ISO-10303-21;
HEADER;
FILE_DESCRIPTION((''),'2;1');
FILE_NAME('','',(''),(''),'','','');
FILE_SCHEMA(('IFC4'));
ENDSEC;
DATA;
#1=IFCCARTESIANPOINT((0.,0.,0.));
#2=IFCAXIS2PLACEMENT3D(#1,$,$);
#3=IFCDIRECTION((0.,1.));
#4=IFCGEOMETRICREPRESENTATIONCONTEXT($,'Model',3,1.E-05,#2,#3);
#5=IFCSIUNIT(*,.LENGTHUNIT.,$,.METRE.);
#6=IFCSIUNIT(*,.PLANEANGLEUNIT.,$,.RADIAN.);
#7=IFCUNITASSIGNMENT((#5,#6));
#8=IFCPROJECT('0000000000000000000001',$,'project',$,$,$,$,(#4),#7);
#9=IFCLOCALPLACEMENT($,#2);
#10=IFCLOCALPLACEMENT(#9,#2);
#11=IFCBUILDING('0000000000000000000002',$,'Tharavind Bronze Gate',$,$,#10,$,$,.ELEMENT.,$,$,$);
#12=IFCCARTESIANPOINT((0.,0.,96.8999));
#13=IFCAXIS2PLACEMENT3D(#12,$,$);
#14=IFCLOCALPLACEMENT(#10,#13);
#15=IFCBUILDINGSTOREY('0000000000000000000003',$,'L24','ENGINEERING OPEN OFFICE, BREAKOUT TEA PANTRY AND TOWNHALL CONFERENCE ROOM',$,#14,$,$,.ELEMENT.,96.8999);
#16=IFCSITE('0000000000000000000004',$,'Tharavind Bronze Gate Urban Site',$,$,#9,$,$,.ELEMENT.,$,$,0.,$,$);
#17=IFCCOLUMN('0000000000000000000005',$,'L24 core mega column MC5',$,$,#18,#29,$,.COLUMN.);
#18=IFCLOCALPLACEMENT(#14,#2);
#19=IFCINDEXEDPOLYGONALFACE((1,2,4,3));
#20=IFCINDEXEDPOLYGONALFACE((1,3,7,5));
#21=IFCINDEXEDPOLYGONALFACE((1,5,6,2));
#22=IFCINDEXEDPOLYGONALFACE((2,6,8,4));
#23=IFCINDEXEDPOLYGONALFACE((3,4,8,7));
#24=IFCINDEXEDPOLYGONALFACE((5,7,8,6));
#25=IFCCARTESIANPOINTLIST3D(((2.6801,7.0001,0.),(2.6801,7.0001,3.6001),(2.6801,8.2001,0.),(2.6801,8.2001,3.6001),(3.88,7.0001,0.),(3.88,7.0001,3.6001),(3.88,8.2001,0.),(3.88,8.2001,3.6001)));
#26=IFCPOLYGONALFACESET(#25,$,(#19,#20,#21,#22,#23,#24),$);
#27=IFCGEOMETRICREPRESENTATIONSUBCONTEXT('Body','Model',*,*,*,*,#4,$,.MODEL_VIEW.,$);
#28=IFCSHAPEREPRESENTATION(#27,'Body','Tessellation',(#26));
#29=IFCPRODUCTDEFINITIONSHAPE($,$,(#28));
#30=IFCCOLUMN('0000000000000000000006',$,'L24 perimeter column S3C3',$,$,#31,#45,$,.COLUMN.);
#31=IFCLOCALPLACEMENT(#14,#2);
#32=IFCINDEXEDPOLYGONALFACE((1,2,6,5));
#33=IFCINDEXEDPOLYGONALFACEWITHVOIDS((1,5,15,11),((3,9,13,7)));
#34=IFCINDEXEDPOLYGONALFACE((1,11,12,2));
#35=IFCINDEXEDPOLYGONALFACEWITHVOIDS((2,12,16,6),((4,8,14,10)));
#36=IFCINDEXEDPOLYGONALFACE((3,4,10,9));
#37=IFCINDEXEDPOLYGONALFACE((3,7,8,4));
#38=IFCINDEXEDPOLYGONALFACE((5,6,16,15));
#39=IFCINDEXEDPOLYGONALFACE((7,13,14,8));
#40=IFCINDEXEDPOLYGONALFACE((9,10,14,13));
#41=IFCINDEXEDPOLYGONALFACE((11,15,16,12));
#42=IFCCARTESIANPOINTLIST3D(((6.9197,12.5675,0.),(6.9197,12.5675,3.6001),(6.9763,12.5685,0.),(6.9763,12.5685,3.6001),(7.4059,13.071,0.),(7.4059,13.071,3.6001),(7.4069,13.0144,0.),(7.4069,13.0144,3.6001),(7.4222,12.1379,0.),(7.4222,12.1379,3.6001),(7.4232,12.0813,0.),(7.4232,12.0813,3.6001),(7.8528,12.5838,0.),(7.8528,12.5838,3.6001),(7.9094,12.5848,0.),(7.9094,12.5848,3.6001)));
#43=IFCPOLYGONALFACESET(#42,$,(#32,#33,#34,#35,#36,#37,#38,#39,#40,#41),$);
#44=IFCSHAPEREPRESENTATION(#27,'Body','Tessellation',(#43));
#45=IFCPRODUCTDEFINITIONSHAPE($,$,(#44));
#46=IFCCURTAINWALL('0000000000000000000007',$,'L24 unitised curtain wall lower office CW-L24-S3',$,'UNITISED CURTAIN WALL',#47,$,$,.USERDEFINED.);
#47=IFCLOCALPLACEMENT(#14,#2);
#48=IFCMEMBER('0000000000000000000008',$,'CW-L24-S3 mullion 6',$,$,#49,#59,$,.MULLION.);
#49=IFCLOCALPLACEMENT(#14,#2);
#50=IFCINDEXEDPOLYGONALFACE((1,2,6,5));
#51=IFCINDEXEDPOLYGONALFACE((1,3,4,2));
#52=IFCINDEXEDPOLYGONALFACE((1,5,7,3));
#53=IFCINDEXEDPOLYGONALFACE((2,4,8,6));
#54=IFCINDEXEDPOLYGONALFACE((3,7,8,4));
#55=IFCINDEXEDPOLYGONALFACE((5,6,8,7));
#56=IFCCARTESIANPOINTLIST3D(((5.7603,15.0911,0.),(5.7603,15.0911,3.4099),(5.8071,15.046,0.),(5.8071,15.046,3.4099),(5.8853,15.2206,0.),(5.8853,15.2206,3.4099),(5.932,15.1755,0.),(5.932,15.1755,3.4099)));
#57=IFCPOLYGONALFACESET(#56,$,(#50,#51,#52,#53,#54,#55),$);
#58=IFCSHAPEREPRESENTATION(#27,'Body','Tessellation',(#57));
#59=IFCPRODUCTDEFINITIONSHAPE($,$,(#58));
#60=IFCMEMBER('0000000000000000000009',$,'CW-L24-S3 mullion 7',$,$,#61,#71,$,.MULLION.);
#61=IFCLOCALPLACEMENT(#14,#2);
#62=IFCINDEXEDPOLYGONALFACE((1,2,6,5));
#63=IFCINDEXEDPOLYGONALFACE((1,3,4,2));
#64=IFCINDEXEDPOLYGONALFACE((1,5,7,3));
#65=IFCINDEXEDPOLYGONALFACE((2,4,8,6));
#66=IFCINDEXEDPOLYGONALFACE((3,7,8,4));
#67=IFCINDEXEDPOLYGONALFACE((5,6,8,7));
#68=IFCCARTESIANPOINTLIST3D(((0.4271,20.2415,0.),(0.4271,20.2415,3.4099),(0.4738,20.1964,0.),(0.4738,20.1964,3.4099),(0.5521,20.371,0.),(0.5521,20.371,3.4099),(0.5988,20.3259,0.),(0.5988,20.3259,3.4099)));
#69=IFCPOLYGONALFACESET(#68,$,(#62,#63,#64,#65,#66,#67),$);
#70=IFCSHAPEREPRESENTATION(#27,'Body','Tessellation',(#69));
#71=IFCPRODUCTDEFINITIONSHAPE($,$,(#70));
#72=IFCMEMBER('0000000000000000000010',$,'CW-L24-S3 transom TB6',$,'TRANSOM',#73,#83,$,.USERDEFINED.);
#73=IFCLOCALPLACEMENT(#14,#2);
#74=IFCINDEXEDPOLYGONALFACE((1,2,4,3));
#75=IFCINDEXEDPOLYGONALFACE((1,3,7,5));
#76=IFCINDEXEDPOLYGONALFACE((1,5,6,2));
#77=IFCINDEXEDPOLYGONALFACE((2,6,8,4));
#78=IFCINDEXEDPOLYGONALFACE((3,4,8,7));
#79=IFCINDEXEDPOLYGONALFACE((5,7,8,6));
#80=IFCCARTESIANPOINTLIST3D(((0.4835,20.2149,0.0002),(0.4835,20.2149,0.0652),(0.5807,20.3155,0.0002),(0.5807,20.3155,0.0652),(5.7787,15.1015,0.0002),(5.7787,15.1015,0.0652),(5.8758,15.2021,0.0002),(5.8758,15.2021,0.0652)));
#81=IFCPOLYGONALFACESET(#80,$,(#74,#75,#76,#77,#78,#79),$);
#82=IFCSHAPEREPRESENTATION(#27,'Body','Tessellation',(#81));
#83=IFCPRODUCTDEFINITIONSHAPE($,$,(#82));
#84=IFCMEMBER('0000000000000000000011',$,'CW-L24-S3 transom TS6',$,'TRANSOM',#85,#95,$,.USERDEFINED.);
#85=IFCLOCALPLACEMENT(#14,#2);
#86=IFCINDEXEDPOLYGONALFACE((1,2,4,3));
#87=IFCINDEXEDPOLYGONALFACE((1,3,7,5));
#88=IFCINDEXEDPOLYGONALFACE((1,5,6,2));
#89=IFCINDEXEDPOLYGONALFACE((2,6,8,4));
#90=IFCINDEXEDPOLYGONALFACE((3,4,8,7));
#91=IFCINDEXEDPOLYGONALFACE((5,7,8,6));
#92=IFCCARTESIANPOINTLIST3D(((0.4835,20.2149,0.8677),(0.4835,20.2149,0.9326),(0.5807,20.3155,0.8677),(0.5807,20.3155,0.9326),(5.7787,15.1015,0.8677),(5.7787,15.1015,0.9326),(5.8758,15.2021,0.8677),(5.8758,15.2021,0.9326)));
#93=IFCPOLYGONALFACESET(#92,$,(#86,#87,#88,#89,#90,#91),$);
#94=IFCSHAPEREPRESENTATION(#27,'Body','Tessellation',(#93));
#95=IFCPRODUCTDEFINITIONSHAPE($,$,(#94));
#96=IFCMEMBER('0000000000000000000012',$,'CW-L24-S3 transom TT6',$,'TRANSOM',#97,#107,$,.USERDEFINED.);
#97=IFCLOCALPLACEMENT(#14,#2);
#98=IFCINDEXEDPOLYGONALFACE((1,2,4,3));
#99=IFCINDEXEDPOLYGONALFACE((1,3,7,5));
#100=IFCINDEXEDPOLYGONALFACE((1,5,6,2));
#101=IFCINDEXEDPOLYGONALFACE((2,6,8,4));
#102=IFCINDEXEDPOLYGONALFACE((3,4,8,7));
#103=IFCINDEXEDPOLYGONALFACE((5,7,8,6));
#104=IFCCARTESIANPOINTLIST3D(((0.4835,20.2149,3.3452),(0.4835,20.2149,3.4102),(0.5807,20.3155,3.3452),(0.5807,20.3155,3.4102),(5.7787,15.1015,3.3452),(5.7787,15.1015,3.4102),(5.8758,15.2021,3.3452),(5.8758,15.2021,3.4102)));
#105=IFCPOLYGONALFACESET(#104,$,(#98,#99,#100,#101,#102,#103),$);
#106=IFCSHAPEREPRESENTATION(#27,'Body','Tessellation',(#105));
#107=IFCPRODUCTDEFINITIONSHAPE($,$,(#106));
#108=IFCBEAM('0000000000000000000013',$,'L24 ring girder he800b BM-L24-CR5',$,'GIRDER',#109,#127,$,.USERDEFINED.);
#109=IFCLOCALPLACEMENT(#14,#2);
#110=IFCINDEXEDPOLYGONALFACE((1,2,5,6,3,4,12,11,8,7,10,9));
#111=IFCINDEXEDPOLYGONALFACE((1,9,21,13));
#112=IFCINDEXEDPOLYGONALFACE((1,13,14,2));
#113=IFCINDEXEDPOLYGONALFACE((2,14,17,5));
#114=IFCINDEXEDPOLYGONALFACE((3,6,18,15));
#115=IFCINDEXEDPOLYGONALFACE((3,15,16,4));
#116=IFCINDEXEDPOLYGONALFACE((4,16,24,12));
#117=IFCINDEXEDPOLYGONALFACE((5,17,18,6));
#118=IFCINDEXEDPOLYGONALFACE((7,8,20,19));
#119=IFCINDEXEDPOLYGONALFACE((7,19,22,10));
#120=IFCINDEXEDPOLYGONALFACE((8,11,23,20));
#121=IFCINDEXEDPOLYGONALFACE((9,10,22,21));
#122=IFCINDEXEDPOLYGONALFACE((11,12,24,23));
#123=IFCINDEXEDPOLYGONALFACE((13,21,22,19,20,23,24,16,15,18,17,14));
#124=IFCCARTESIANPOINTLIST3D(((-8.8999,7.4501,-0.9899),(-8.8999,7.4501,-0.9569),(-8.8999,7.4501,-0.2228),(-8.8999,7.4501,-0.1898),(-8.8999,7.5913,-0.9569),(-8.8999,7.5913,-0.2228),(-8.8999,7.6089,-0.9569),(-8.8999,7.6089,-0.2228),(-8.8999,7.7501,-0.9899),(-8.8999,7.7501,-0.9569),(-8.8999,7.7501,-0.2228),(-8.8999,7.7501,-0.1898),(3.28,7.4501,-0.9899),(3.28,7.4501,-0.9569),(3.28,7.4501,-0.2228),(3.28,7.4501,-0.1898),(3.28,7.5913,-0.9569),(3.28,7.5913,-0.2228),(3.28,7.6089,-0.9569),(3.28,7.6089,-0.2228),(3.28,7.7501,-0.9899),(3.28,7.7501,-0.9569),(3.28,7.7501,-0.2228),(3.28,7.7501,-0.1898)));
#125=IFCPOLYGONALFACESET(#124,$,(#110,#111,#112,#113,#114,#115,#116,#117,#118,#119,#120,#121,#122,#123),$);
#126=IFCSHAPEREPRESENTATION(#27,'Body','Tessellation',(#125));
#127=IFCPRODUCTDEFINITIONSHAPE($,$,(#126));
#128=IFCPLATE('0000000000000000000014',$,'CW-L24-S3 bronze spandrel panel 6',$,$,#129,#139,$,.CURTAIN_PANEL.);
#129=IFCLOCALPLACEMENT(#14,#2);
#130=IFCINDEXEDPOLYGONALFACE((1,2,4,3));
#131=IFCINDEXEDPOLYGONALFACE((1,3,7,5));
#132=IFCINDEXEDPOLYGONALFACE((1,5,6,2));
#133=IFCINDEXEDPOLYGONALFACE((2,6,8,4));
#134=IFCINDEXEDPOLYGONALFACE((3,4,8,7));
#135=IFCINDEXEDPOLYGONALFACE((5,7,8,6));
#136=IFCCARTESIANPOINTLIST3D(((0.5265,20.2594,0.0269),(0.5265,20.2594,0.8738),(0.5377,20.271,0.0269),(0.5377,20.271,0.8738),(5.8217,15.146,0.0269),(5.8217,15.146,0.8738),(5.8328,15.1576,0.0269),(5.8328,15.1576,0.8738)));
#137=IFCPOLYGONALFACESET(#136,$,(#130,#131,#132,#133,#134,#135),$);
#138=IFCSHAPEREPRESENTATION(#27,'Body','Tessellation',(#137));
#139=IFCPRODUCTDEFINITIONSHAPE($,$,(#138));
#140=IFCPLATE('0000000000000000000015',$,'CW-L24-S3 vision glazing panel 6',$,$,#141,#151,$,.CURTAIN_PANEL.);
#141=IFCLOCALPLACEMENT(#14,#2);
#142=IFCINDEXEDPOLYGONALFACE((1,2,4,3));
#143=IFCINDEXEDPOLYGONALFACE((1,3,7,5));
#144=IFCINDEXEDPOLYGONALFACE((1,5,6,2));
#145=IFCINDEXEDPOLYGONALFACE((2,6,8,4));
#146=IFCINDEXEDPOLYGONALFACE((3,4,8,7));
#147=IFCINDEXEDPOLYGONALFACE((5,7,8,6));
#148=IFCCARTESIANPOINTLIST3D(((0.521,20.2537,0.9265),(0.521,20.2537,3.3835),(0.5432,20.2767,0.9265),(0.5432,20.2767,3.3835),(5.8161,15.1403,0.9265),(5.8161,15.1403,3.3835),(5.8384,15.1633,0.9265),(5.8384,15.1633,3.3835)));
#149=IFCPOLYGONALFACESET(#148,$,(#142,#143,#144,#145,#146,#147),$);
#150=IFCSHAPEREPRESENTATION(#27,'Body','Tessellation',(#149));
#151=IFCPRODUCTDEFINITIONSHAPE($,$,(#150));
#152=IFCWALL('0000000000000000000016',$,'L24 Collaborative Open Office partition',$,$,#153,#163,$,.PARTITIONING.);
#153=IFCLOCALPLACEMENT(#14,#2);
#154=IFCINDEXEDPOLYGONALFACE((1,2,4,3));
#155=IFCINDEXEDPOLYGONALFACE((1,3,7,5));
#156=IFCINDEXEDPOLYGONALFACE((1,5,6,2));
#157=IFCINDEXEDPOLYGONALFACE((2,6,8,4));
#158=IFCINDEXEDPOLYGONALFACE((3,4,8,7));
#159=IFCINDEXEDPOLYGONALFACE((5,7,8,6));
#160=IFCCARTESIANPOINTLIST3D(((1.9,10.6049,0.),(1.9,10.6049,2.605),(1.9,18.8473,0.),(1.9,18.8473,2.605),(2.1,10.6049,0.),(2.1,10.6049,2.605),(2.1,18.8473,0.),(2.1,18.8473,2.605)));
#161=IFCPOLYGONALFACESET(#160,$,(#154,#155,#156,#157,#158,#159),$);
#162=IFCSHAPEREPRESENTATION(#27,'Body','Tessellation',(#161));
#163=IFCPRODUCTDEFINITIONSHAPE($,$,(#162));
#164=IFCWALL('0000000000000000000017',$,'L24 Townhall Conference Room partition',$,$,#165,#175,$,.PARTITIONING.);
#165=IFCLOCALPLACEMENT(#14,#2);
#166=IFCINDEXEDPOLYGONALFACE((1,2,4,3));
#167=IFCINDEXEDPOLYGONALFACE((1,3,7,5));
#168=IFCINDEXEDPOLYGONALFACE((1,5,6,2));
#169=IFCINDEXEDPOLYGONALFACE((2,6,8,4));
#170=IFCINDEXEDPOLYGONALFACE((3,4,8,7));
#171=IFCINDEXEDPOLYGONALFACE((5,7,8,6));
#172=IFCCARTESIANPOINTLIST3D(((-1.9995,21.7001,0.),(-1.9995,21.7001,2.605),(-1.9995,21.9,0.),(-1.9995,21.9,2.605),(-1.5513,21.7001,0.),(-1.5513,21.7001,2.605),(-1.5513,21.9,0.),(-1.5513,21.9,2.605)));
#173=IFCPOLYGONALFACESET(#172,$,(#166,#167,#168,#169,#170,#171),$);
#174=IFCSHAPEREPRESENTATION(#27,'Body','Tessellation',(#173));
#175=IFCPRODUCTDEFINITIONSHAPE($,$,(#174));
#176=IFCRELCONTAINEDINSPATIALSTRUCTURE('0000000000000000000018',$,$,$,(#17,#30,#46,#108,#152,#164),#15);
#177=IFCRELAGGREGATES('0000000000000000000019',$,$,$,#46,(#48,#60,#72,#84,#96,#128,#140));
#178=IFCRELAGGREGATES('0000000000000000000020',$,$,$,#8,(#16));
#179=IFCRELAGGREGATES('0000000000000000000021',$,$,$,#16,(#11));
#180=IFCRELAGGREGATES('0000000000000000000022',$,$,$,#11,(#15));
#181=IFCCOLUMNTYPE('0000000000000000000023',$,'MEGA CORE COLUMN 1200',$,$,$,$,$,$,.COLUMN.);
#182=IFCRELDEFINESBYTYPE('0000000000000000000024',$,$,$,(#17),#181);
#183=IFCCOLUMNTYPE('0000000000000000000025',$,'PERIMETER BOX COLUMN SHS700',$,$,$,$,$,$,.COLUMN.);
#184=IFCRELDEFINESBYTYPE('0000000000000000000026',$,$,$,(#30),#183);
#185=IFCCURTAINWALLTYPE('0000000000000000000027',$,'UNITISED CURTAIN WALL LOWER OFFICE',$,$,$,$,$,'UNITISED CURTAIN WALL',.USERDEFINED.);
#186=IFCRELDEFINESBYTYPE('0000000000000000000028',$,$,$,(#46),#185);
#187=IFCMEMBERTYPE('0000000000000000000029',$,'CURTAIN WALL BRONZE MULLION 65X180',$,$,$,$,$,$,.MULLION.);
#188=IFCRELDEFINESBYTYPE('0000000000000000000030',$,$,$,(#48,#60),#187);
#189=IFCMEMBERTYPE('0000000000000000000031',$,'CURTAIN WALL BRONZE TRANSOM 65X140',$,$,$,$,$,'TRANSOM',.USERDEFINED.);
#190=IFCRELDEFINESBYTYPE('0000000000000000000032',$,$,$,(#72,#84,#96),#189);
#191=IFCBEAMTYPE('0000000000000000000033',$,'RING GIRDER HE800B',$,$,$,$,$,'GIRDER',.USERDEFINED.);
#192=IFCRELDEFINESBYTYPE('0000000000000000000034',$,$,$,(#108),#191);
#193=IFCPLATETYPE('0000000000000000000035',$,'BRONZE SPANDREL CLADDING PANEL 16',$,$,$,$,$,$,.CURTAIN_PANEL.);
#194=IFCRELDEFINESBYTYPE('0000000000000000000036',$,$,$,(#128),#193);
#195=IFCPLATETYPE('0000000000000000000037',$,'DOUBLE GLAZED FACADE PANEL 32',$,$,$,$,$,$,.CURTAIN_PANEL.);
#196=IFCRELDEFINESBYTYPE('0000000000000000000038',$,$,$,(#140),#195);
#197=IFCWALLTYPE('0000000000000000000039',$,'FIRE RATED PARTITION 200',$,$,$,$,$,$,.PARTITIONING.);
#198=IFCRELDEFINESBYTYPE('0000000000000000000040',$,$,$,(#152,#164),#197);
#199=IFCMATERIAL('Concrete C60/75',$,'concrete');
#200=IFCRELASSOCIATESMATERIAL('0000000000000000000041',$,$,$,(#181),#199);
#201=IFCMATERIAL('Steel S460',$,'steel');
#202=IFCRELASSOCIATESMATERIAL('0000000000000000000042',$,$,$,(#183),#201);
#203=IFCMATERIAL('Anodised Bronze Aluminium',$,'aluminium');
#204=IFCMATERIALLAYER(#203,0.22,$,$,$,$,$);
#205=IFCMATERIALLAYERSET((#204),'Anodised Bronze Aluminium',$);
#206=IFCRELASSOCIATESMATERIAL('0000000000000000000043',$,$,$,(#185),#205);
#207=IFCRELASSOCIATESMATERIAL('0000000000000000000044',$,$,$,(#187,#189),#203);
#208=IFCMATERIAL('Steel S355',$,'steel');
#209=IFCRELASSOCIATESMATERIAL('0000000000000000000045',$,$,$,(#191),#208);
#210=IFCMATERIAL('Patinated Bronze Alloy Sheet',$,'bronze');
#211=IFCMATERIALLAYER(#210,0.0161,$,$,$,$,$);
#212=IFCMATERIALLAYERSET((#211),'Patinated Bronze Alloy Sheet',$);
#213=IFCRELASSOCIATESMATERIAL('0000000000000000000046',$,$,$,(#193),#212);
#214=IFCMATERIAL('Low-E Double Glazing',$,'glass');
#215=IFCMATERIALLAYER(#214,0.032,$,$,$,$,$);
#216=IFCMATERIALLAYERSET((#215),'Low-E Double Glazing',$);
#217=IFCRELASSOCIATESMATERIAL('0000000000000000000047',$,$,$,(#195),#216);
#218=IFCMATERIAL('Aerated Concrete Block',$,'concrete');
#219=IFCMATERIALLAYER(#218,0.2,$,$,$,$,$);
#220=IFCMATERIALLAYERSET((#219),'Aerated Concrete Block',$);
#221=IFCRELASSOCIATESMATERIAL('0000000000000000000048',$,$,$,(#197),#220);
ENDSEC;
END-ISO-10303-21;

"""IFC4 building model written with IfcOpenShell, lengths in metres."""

from ifc_helpers import new_model, si_unit, direction, frame, frame_2d, origin, origin_2d, place, context, subcontext, project, spatial, rectangle, hollow_rectangle, i_section, extrude, material, layer, layer_set, material_profile, profile_set, type_object, element, aggregate, save


model = new_model("IFC4")

# Units and contexts
model_context = context("Model", 3, precision=1e-05, world=origin(), true_north=direction((0.0, 1.0)))
body_context = subcontext(model_context, "Body", "Model", "MODEL_VIEW")
ifc_project = project(units=[si_unit("LENGTHUNIT", "METRE"), si_unit("PLANEANGLEUNIT", "RADIAN")], contexts=[model_context])

# Site, building, storey
site_placement = place(None, origin())
site = spatial("IfcSite", under=ifc_project, at=site_placement, Name="Tharavind Bronze Gate Urban Site", CompositionType="ELEMENT", RefElevation=0.0)
building_placement = place(site_placement, origin())
building = spatial("IfcBuilding", under=site, at=building_placement, Name="Tharavind Bronze Gate", CompositionType="ELEMENT")
storey_placement = place(building_placement, frame((0.0, 0.0, 96.8999)))
storey = spatial("IfcBuildingStorey", under=building, at=storey_placement, Name="L24", Description="ENGINEERING OPEN OFFICE, BREAKOUT TEA PANTRY AND TOWNHALL CONFERENCE ROOM", CompositionType="ELEMENT", Elevation=96.8999)

# Columns
ifc_material_1 = material(Name="Concrete C60/75", Category="concrete")
ifc_material_profile_1 = material_profile(ifc_material_1, rectangle(XDim=1.2, YDim=1.2, at=origin_2d()), Name="RCCOL1200")
ifc_profile_set_1 = profile_set([ifc_material_profile_1], Name="Concrete C60/75")
column_type_1 = type_object("IfcColumnType", Name="MEGA CORE COLUMN 1200", PredefinedType="COLUMN", material=ifc_profile_set_1)
column_1_placement = place(storey_placement, frame((3.28, 7.6001, 0.0), z_axis=(0.0, 0.0, 1.0), x_axis=(1.0, 0.0, 0.0)))
element("IfcColumn", 1, at=column_1_placement, inside=storey, type_object=column_type_1, Name="L24 core mega column MC5", PredefinedType="COLUMN", context=body_context, shape_type="SweptSolid", body=[
    extrude(rectangle(XDim=1.2, YDim=1.2, at=origin_2d()), origin(), (0.0, 0.0, 1.0), 3.6001),
])
ifc_material_2 = material(Name="Steel S460", Category="steel")
ifc_material_profile_2 = material_profile(ifc_material_2, hollow_rectangle(XDim=0.7, YDim=0.7, WallThickness=0.04, at=origin_2d()), Name="SHS700X40")
ifc_profile_set_2 = profile_set([ifc_material_profile_2], Name="Steel S460")
column_type_2 = type_object("IfcColumnType", Name="PERIMETER BOX COLUMN SHS700", PredefinedType="COLUMN", material=ifc_profile_set_2)
column_2_placement = place(storey_placement, frame((7.4146, 12.5762, 0.0), z_axis=(0.0, 0.0, 1.0), x_axis=(-0.71934, 0.694658, 0.0)))
element("IfcColumn", 2, at=column_2_placement, inside=storey, type_object=column_type_2, Name="L24 perimeter column S3C3", PredefinedType="COLUMN", context=body_context, shape_type="SweptSolid", body=[
    extrude(hollow_rectangle(XDim=0.7, YDim=0.7, WallThickness=0.04, at=origin_2d()), origin(), (0.0, 0.0, 1.0), 3.6001),
])

# Curtain wall, members
ifc_material_3 = material(Name="Anodised Bronze Aluminium", Category="aluminium")
ifc_layer_1 = layer(ifc_material_3, 0.22)
ifc_layer_set_1 = layer_set([ifc_layer_1], Name="Anodised Bronze Aluminium")
curtain_wall_type = type_object("IfcCurtainWallType", Name="UNITISED CURTAIN WALL LOWER OFFICE", ElementType="UNITISED CURTAIN WALL", PredefinedType="USERDEFINED", material=ifc_layer_set_1)
curtain_wall_placement = place(storey_placement, origin())
curtain_wall = element("IfcCurtainWall", 3, at=curtain_wall_placement, inside=storey, type_object=curtain_wall_type, Name="L24 unitised curtain wall lower office CW-L24-S3", ObjectType="UNITISED CURTAIN WALL", PredefinedType="USERDEFINED")
member_type_1 = type_object("IfcMemberType", Name="CURTAIN WALL BRONZE MULLION 65X180", PredefinedType="MULLION", material=ifc_material_3)
member_1_placement = place(storey_placement, frame((5.8462, 15.1333, 0.0), z_axis=(0.0, 0.0, 1.0), x_axis=(-0.719341, 0.694657, 0.0)))
member_1 = element("IfcMember", 4, at=member_1_placement, type_object=member_type_1, Name="CW-L24-S3 mullion 6", PredefinedType="MULLION", context=body_context, shape_type="SweptSolid", body=[
    extrude(rectangle(XDim=0.0649, YDim=0.1799, at=origin_2d()), origin(), (0.0, 0.0, 1.0), 3.4099),
])
member_2_placement = place(storey_placement, frame((0.5129, 20.2837, 0.0), z_axis=(0.0, 0.0, 1.0), x_axis=(-0.719341, 0.694657, 0.0)))
member_2 = element("IfcMember", 5, at=member_2_placement, type_object=member_type_1, Name="CW-L24-S3 mullion 7", PredefinedType="MULLION", context=body_context, shape_type="SweptSolid", body=[
    extrude(rectangle(XDim=0.0649, YDim=0.1799, at=origin_2d()), origin(), (0.0, 0.0, 1.0), 3.4099),
])
member_type_2 = type_object("IfcMemberType", Name="CURTAIN WALL BRONZE TRANSOM 65X140", ElementType="TRANSOM", PredefinedType="USERDEFINED", material=ifc_material_3)
member_3_placement = place(storey_placement, frame((3.1797, 17.7085, 0.0002), z_axis=(0.0, 0.0, 1.0), x_axis=(-0.719341, 0.694657, 0.0)))
member_3 = element("IfcMember", 6, at=member_3_placement, type_object=member_type_2, Name="CW-L24-S3 transom TB6", ObjectType="TRANSOM", PredefinedType="USERDEFINED", context=body_context, shape_type="SweptSolid", body=[
    extrude(rectangle(XDim=7.3611, YDim=0.1399, at=origin_2d()), origin(), (0.0, 0.0, 1.0), 0.0649),
])
member_4_placement = place(storey_placement, frame((3.1797, 17.7085, 0.8677), z_axis=(0.0, 0.0, 1.0), x_axis=(-0.719341, 0.694657, 0.0)))
member_4 = element("IfcMember", 7, at=member_4_placement, type_object=member_type_2, Name="CW-L24-S3 transom TS6", ObjectType="TRANSOM", PredefinedType="USERDEFINED", context=body_context, shape_type="SweptSolid", body=[
    extrude(rectangle(XDim=7.3611, YDim=0.1399, at=origin_2d()), origin(), (0.0, 0.0, 1.0), 0.0649),
])
member_5_placement = place(storey_placement, frame((3.1797, 17.7085, 3.3452), z_axis=(0.0, 0.0, 1.0), x_axis=(-0.719341, 0.694657, 0.0)))
member_5 = element("IfcMember", 8, at=member_5_placement, type_object=member_type_2, Name="CW-L24-S3 transom TT6", ObjectType="TRANSOM", PredefinedType="USERDEFINED", context=body_context, shape_type="SweptSolid", body=[
    extrude(rectangle(XDim=7.3611, YDim=0.1399, at=origin_2d()), origin(), (0.0, 0.0, 1.0), 0.0649),
])

# Beam
ifc_material_4 = material(Name="Steel S355", Category="steel")
ifc_material_profile_3 = material_profile(ifc_material_4, i_section(OverallWidth=0.3, OverallDepth=0.8, WebThickness=0.0176, FlangeThickness=0.033, at=origin_2d()), Name="HE800B")
ifc_profile_set_3 = profile_set([ifc_material_profile_3], Name="Steel S355")
beam_type = type_object("IfcBeamType", Name="RING GIRDER HE800B", ElementType="GIRDER", PredefinedType="USERDEFINED", material=ifc_profile_set_3)
beam_placement = place(storey_placement, frame((3.28, 7.6001, -0.5898), z_axis=(-1.0, 0.0, 0.0), x_axis=(0.0, -1.0, 0.0)))
element("IfcBeam", 9, at=beam_placement, inside=storey, type_object=beam_type, Name="L24 ring girder he800b BM-L24-CR5", ObjectType="GIRDER", PredefinedType="USERDEFINED", context=body_context, shape_type="SweptSolid", body=[
    extrude(i_section(OverallWidth=0.3, OverallDepth=0.8, WebThickness=0.0176, FlangeThickness=0.033, at=origin_2d()), origin(), (0.0, 0.0, 1.0), 12.1799),
])

# Plates
ifc_material_5 = material(Name="Patinated Bronze Alloy Sheet", Category="bronze")
ifc_layer_2 = layer(ifc_material_5, 0.0161)
ifc_layer_set_2 = layer_set([ifc_layer_2], Name="Patinated Bronze Alloy Sheet")
plate_type_1 = type_object("IfcPlateType", Name="BRONZE SPANDREL CLADDING PANEL 16", PredefinedType="CURTAIN_PANEL", material=ifc_layer_set_2)
plate_1_placement = place(storey_placement, frame((3.1797, 17.7085, 0.0269), z_axis=(0.0, 0.0, 1.0), x_axis=(-0.719341, 0.694657, 0.0)))
plate_1 = element("IfcPlate", 10, at=plate_1_placement, type_object=plate_type_1, Name="CW-L24-S3 bronze spandrel panel 6", PredefinedType="CURTAIN_PANEL", context=body_context, shape_type="SweptSolid", body=[
    extrude(rectangle(XDim=7.3611, YDim=0.0161, at=origin_2d()), origin(), (0.0, 0.0, 1.0), 0.8469),
])
ifc_material_6 = material(Name="Low-E Double Glazing", Category="glass")
ifc_layer_3 = layer(ifc_material_6, 0.032)
ifc_layer_set_3 = layer_set([ifc_layer_3], Name="Low-E Double Glazing")
plate_type_2 = type_object("IfcPlateType", Name="DOUBLE GLAZED FACADE PANEL 32", PredefinedType="CURTAIN_PANEL", material=ifc_layer_set_3)
plate_2_placement = place(storey_placement, frame((3.1797, 17.7085, 0.9265), z_axis=(0.0, 0.0, 1.0), x_axis=(-0.719341, 0.694657, 0.0)))
plate_2 = element("IfcPlate", 11, at=plate_2_placement, type_object=plate_type_2, Name="CW-L24-S3 vision glazing panel 6", PredefinedType="CURTAIN_PANEL", context=body_context, shape_type="SweptSolid", body=[
    extrude(rectangle(XDim=7.3611, YDim=0.032, at=origin_2d()), origin(), (0.0, 0.0, 1.0), 2.457),
])
aggregate(curtain_wall, [member_1, member_2, member_3, member_4, member_5, plate_1, plate_2])

# Walls
ifc_material_7 = material(Name="Aerated Concrete Block", Category="concrete")
ifc_layer_4 = layer(ifc_material_7, 0.2)
ifc_layer_set_4 = layer_set([ifc_layer_4], Name="Aerated Concrete Block")
wall_type_1 = type_object("IfcWallType", Name="FIRE RATED PARTITION 200", PredefinedType="PARTITIONING", material=ifc_layer_set_4)
wall_1_placement = place(storey_placement, frame((2.0, 10.605, 0.0), z_axis=(0.0, 0.0, 1.0), x_axis=(0.0, 1.0, 0.0)))
element("IfcWall", 12, at=wall_1_placement, inside=storey, type_object=wall_type_1, Name="L24 Collaborative Open Office partition", PredefinedType="PARTITIONING", context=body_context, shape_type="SweptSolid", body=[
    extrude(rectangle(XDim=8.2424, YDim=0.2, at=frame_2d((4.1211, 0.0))), origin(), (0.0, 0.0, 1.0), 2.605),
])
wall_2_placement = place(storey_placement, frame((-1.5513, 21.8, 0.0), z_axis=(0.0, 0.0, 1.0), x_axis=(-1.0, 0.0, 0.0)))
element("IfcWall", 13, at=wall_2_placement, inside=storey, type_object=wall_type_1, Name="L24 Townhall Conference Room partition", PredefinedType="PARTITIONING", context=body_context, shape_type="SweptSolid", body=[
    extrude(rectangle(XDim=0.4482, YDim=0.2, at=frame_2d((0.2241, 0.0))), origin(), (0.0, 0.0, 1.0), 2.605),
])

save(model, "model.ifc")
